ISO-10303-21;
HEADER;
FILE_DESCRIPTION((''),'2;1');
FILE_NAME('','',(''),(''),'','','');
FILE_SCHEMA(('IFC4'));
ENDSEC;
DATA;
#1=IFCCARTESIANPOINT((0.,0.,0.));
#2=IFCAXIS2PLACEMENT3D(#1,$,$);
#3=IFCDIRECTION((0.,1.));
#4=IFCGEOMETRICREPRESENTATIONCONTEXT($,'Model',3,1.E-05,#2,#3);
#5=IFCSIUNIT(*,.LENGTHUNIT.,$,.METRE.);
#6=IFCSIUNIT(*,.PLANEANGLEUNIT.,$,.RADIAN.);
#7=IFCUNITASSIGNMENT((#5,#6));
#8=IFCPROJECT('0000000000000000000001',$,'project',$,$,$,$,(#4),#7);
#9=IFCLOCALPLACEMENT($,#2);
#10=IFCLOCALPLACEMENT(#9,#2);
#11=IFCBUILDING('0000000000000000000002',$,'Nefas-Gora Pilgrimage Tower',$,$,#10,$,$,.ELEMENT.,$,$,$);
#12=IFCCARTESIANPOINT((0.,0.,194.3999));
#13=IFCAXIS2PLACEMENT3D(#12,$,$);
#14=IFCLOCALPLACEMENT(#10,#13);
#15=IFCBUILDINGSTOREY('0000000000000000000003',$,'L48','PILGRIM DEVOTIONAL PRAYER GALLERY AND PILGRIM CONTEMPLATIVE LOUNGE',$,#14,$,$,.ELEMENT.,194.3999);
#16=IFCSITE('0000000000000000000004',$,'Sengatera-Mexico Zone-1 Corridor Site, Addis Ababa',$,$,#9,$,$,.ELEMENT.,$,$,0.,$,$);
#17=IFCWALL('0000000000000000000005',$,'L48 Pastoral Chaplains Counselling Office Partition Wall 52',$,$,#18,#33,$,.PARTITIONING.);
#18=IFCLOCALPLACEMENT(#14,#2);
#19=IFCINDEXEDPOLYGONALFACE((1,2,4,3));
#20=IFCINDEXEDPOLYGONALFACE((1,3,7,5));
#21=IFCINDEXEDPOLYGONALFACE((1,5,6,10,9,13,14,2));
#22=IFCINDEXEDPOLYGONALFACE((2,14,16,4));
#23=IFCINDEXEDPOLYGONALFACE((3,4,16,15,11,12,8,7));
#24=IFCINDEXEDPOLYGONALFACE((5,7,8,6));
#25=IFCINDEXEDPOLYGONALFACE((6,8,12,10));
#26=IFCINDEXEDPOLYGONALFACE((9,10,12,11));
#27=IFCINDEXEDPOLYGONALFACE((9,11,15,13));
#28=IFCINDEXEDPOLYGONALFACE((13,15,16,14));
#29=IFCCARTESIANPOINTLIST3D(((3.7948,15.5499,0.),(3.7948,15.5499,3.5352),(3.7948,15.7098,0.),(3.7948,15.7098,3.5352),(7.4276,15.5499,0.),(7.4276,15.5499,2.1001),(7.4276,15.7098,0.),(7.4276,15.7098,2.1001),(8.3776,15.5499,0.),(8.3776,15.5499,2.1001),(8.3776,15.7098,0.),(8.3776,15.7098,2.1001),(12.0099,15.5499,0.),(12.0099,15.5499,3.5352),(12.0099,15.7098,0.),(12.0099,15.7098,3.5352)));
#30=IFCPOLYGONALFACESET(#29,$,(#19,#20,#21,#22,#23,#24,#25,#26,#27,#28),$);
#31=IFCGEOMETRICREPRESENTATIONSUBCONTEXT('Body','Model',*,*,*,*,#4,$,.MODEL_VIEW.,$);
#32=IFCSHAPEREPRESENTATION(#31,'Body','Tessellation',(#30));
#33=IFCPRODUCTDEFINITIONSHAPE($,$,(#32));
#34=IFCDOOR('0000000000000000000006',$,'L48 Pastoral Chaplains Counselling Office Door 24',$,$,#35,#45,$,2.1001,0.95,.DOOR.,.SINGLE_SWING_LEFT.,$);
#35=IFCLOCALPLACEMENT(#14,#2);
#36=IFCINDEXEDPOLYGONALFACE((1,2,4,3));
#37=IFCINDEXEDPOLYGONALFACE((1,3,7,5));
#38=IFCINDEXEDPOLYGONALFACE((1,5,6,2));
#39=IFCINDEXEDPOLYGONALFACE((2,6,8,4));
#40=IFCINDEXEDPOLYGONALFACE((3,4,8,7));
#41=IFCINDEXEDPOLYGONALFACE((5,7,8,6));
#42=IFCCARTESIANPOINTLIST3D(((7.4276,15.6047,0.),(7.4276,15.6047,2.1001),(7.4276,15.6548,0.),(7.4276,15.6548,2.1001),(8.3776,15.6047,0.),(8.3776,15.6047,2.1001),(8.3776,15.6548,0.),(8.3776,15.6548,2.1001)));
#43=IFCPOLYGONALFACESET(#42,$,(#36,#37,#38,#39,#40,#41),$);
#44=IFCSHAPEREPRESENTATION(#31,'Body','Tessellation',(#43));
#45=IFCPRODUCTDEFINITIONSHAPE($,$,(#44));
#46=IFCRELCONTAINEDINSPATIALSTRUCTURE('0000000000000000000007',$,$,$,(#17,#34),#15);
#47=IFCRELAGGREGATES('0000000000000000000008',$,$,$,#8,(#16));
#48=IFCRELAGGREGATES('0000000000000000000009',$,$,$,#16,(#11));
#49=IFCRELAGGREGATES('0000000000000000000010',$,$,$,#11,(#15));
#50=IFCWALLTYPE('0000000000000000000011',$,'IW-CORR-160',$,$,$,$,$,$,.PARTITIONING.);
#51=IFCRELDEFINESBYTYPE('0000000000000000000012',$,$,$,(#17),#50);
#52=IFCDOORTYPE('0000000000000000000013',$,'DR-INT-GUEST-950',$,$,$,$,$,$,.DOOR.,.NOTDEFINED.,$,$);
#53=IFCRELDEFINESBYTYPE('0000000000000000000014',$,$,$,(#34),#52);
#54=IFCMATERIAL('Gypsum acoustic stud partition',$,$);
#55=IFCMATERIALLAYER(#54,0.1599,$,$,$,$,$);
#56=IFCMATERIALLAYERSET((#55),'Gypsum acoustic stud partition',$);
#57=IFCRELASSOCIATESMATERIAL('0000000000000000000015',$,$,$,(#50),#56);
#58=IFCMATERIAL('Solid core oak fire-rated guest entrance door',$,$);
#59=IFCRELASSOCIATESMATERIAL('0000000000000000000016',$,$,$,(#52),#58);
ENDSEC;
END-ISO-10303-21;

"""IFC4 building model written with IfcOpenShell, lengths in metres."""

from ifc_helpers import new_model, si_unit, direction, frame, frame_2d, origin, place, context, subcontext, project, spatial, rectangle, extrude, source, transform, mapped, material, layer, layer_set, type_object, element, fill, save


model = new_model("IFC4")

# Units and contexts
model_context = context("Model", 3, precision=1e-05, world=origin(), true_north=direction((0.0, 1.0)))
body_context = subcontext(model_context, "Body", "Model", "MODEL_VIEW")
ifc_project = project(units=[si_unit("LENGTHUNIT", "METRE"), si_unit("PLANEANGLEUNIT", "RADIAN")], contexts=[model_context])

# Site, building, storey
site_placement = place(None, origin())
site = spatial("IfcSite", under=ifc_project, at=site_placement, Name="Sengatera-Mexico Zone-1 Corridor Site, Addis Ababa", CompositionType="ELEMENT", RefElevation=0.0)
building_placement = place(site_placement, origin())
building = spatial("IfcBuilding", under=site, at=building_placement, Name="Nefas-Gora Pilgrimage Tower", CompositionType="ELEMENT")
storey_placement = place(building_placement, frame((0.0, 0.0, 194.3999)))
storey = spatial("IfcBuildingStorey", under=building, at=storey_placement, Name="L48", Description="PILGRIM DEVOTIONAL PRAYER GALLERY AND PILGRIM CONTEMPLATIVE LOUNGE", CompositionType="ELEMENT", Elevation=194.3999)

# Wall, opening, door
ifc_material_1 = material(Name="Gypsum acoustic stud partition")
ifc_layer_1 = layer(ifc_material_1, 0.1599)
ifc_layer_set_1 = layer_set([ifc_layer_1], Name="Gypsum acoustic stud partition")
wall_type_1 = type_object("IfcWallType", Name="IW-CORR-160", PredefinedType="PARTITIONING", material=ifc_layer_set_1)
ifc_material_2 = material(Name="Solid core oak fire-rated guest entrance door")
door_type_1 = type_object("IfcDoorType", Name="DR-INT-GUEST-950", OperationType="NOTDEFINED", PredefinedType="DOOR", material=ifc_material_2)
shared_shape_1 = source(origin(), body_context, "Body", "SweptSolid", [
    extrude(rectangle(XDim=0.95, YDim=2.1001, at=frame_2d((0.4751, 1.05))), frame((0.0, 0.0249, 0.0), z_axis=(0.0, -1.0, 0.0), x_axis=(1.0, 0.0, 0.0)), (0.0, 0.0, 1.0), 0.05),
])
shared_shape_2 = source(origin(), body_context, "Body", "SweptSolid", [
    extrude(rectangle(XDim=8.2151, YDim=0.1599, at=frame_2d((4.1074, 0.0))), origin(), (0.0, 0.0, 1.0), 3.5352),
])
wall_1_placement = place(storey_placement, frame((3.7949, 15.6299, 0.0), z_axis=(0.0, 0.0, 1.0), x_axis=(1.0, 0.0, 0.0)))
wall_1 = element("IfcWall", 1, at=wall_1_placement, inside=storey, type_object=wall_type_1, Name="L48 Pastoral Chaplains Counselling Office Partition Wall 52", PredefinedType="PARTITIONING", context=body_context, shape_type="MappedRepresentation", body=[
    mapped(shared_shape_2, transform((0.0, 0.0, 0.0), x_axis=(1.0, 0.0, 0.0), y_axis=(0.0, 1.0, 0.0), z_axis=(0.0, 0.0, 1.0), scale=1.0)),
])
opening_1_placement = place(wall_1_placement, frame((3.6326, 0.0, 0.0)))
opening_1 = element("IfcOpeningElement", 2, at=opening_1_placement, cuts=wall_1, PredefinedType="OPENING", context=body_context, shape_type="SweptSolid", body=[
    extrude(rectangle(XDim=0.95, YDim=2.1001, at=frame_2d((0.4751, 1.05))), frame((0.0, 0.0898, 0.0), z_axis=(0.0, -1.0, 0.0), x_axis=(1.0, 0.0, 0.0)), (0.0, 0.0, 1.0), 0.1799),
])
door_1_placement = place(opening_1_placement, origin())
door_1 = element("IfcDoor", 3, at=door_1_placement, inside=storey, type_object=door_type_1, Name="L48 Pastoral Chaplains Counselling Office Door 24", OperationType="SINGLE_SWING_LEFT", OverallHeight=2.1001, OverallWidth=0.95, PredefinedType="DOOR", context=body_context, shape_type="MappedRepresentation", body=[
    mapped(shared_shape_1, transform((0.0, 0.0, 0.0), x_axis=(1.0, 0.0, 0.0), y_axis=(0.0, 1.0, 0.0), z_axis=(0.0, 0.0, 1.0), scale=1.0)),
])
fill(opening_1, door_1)

save(model, "model.ifc")
